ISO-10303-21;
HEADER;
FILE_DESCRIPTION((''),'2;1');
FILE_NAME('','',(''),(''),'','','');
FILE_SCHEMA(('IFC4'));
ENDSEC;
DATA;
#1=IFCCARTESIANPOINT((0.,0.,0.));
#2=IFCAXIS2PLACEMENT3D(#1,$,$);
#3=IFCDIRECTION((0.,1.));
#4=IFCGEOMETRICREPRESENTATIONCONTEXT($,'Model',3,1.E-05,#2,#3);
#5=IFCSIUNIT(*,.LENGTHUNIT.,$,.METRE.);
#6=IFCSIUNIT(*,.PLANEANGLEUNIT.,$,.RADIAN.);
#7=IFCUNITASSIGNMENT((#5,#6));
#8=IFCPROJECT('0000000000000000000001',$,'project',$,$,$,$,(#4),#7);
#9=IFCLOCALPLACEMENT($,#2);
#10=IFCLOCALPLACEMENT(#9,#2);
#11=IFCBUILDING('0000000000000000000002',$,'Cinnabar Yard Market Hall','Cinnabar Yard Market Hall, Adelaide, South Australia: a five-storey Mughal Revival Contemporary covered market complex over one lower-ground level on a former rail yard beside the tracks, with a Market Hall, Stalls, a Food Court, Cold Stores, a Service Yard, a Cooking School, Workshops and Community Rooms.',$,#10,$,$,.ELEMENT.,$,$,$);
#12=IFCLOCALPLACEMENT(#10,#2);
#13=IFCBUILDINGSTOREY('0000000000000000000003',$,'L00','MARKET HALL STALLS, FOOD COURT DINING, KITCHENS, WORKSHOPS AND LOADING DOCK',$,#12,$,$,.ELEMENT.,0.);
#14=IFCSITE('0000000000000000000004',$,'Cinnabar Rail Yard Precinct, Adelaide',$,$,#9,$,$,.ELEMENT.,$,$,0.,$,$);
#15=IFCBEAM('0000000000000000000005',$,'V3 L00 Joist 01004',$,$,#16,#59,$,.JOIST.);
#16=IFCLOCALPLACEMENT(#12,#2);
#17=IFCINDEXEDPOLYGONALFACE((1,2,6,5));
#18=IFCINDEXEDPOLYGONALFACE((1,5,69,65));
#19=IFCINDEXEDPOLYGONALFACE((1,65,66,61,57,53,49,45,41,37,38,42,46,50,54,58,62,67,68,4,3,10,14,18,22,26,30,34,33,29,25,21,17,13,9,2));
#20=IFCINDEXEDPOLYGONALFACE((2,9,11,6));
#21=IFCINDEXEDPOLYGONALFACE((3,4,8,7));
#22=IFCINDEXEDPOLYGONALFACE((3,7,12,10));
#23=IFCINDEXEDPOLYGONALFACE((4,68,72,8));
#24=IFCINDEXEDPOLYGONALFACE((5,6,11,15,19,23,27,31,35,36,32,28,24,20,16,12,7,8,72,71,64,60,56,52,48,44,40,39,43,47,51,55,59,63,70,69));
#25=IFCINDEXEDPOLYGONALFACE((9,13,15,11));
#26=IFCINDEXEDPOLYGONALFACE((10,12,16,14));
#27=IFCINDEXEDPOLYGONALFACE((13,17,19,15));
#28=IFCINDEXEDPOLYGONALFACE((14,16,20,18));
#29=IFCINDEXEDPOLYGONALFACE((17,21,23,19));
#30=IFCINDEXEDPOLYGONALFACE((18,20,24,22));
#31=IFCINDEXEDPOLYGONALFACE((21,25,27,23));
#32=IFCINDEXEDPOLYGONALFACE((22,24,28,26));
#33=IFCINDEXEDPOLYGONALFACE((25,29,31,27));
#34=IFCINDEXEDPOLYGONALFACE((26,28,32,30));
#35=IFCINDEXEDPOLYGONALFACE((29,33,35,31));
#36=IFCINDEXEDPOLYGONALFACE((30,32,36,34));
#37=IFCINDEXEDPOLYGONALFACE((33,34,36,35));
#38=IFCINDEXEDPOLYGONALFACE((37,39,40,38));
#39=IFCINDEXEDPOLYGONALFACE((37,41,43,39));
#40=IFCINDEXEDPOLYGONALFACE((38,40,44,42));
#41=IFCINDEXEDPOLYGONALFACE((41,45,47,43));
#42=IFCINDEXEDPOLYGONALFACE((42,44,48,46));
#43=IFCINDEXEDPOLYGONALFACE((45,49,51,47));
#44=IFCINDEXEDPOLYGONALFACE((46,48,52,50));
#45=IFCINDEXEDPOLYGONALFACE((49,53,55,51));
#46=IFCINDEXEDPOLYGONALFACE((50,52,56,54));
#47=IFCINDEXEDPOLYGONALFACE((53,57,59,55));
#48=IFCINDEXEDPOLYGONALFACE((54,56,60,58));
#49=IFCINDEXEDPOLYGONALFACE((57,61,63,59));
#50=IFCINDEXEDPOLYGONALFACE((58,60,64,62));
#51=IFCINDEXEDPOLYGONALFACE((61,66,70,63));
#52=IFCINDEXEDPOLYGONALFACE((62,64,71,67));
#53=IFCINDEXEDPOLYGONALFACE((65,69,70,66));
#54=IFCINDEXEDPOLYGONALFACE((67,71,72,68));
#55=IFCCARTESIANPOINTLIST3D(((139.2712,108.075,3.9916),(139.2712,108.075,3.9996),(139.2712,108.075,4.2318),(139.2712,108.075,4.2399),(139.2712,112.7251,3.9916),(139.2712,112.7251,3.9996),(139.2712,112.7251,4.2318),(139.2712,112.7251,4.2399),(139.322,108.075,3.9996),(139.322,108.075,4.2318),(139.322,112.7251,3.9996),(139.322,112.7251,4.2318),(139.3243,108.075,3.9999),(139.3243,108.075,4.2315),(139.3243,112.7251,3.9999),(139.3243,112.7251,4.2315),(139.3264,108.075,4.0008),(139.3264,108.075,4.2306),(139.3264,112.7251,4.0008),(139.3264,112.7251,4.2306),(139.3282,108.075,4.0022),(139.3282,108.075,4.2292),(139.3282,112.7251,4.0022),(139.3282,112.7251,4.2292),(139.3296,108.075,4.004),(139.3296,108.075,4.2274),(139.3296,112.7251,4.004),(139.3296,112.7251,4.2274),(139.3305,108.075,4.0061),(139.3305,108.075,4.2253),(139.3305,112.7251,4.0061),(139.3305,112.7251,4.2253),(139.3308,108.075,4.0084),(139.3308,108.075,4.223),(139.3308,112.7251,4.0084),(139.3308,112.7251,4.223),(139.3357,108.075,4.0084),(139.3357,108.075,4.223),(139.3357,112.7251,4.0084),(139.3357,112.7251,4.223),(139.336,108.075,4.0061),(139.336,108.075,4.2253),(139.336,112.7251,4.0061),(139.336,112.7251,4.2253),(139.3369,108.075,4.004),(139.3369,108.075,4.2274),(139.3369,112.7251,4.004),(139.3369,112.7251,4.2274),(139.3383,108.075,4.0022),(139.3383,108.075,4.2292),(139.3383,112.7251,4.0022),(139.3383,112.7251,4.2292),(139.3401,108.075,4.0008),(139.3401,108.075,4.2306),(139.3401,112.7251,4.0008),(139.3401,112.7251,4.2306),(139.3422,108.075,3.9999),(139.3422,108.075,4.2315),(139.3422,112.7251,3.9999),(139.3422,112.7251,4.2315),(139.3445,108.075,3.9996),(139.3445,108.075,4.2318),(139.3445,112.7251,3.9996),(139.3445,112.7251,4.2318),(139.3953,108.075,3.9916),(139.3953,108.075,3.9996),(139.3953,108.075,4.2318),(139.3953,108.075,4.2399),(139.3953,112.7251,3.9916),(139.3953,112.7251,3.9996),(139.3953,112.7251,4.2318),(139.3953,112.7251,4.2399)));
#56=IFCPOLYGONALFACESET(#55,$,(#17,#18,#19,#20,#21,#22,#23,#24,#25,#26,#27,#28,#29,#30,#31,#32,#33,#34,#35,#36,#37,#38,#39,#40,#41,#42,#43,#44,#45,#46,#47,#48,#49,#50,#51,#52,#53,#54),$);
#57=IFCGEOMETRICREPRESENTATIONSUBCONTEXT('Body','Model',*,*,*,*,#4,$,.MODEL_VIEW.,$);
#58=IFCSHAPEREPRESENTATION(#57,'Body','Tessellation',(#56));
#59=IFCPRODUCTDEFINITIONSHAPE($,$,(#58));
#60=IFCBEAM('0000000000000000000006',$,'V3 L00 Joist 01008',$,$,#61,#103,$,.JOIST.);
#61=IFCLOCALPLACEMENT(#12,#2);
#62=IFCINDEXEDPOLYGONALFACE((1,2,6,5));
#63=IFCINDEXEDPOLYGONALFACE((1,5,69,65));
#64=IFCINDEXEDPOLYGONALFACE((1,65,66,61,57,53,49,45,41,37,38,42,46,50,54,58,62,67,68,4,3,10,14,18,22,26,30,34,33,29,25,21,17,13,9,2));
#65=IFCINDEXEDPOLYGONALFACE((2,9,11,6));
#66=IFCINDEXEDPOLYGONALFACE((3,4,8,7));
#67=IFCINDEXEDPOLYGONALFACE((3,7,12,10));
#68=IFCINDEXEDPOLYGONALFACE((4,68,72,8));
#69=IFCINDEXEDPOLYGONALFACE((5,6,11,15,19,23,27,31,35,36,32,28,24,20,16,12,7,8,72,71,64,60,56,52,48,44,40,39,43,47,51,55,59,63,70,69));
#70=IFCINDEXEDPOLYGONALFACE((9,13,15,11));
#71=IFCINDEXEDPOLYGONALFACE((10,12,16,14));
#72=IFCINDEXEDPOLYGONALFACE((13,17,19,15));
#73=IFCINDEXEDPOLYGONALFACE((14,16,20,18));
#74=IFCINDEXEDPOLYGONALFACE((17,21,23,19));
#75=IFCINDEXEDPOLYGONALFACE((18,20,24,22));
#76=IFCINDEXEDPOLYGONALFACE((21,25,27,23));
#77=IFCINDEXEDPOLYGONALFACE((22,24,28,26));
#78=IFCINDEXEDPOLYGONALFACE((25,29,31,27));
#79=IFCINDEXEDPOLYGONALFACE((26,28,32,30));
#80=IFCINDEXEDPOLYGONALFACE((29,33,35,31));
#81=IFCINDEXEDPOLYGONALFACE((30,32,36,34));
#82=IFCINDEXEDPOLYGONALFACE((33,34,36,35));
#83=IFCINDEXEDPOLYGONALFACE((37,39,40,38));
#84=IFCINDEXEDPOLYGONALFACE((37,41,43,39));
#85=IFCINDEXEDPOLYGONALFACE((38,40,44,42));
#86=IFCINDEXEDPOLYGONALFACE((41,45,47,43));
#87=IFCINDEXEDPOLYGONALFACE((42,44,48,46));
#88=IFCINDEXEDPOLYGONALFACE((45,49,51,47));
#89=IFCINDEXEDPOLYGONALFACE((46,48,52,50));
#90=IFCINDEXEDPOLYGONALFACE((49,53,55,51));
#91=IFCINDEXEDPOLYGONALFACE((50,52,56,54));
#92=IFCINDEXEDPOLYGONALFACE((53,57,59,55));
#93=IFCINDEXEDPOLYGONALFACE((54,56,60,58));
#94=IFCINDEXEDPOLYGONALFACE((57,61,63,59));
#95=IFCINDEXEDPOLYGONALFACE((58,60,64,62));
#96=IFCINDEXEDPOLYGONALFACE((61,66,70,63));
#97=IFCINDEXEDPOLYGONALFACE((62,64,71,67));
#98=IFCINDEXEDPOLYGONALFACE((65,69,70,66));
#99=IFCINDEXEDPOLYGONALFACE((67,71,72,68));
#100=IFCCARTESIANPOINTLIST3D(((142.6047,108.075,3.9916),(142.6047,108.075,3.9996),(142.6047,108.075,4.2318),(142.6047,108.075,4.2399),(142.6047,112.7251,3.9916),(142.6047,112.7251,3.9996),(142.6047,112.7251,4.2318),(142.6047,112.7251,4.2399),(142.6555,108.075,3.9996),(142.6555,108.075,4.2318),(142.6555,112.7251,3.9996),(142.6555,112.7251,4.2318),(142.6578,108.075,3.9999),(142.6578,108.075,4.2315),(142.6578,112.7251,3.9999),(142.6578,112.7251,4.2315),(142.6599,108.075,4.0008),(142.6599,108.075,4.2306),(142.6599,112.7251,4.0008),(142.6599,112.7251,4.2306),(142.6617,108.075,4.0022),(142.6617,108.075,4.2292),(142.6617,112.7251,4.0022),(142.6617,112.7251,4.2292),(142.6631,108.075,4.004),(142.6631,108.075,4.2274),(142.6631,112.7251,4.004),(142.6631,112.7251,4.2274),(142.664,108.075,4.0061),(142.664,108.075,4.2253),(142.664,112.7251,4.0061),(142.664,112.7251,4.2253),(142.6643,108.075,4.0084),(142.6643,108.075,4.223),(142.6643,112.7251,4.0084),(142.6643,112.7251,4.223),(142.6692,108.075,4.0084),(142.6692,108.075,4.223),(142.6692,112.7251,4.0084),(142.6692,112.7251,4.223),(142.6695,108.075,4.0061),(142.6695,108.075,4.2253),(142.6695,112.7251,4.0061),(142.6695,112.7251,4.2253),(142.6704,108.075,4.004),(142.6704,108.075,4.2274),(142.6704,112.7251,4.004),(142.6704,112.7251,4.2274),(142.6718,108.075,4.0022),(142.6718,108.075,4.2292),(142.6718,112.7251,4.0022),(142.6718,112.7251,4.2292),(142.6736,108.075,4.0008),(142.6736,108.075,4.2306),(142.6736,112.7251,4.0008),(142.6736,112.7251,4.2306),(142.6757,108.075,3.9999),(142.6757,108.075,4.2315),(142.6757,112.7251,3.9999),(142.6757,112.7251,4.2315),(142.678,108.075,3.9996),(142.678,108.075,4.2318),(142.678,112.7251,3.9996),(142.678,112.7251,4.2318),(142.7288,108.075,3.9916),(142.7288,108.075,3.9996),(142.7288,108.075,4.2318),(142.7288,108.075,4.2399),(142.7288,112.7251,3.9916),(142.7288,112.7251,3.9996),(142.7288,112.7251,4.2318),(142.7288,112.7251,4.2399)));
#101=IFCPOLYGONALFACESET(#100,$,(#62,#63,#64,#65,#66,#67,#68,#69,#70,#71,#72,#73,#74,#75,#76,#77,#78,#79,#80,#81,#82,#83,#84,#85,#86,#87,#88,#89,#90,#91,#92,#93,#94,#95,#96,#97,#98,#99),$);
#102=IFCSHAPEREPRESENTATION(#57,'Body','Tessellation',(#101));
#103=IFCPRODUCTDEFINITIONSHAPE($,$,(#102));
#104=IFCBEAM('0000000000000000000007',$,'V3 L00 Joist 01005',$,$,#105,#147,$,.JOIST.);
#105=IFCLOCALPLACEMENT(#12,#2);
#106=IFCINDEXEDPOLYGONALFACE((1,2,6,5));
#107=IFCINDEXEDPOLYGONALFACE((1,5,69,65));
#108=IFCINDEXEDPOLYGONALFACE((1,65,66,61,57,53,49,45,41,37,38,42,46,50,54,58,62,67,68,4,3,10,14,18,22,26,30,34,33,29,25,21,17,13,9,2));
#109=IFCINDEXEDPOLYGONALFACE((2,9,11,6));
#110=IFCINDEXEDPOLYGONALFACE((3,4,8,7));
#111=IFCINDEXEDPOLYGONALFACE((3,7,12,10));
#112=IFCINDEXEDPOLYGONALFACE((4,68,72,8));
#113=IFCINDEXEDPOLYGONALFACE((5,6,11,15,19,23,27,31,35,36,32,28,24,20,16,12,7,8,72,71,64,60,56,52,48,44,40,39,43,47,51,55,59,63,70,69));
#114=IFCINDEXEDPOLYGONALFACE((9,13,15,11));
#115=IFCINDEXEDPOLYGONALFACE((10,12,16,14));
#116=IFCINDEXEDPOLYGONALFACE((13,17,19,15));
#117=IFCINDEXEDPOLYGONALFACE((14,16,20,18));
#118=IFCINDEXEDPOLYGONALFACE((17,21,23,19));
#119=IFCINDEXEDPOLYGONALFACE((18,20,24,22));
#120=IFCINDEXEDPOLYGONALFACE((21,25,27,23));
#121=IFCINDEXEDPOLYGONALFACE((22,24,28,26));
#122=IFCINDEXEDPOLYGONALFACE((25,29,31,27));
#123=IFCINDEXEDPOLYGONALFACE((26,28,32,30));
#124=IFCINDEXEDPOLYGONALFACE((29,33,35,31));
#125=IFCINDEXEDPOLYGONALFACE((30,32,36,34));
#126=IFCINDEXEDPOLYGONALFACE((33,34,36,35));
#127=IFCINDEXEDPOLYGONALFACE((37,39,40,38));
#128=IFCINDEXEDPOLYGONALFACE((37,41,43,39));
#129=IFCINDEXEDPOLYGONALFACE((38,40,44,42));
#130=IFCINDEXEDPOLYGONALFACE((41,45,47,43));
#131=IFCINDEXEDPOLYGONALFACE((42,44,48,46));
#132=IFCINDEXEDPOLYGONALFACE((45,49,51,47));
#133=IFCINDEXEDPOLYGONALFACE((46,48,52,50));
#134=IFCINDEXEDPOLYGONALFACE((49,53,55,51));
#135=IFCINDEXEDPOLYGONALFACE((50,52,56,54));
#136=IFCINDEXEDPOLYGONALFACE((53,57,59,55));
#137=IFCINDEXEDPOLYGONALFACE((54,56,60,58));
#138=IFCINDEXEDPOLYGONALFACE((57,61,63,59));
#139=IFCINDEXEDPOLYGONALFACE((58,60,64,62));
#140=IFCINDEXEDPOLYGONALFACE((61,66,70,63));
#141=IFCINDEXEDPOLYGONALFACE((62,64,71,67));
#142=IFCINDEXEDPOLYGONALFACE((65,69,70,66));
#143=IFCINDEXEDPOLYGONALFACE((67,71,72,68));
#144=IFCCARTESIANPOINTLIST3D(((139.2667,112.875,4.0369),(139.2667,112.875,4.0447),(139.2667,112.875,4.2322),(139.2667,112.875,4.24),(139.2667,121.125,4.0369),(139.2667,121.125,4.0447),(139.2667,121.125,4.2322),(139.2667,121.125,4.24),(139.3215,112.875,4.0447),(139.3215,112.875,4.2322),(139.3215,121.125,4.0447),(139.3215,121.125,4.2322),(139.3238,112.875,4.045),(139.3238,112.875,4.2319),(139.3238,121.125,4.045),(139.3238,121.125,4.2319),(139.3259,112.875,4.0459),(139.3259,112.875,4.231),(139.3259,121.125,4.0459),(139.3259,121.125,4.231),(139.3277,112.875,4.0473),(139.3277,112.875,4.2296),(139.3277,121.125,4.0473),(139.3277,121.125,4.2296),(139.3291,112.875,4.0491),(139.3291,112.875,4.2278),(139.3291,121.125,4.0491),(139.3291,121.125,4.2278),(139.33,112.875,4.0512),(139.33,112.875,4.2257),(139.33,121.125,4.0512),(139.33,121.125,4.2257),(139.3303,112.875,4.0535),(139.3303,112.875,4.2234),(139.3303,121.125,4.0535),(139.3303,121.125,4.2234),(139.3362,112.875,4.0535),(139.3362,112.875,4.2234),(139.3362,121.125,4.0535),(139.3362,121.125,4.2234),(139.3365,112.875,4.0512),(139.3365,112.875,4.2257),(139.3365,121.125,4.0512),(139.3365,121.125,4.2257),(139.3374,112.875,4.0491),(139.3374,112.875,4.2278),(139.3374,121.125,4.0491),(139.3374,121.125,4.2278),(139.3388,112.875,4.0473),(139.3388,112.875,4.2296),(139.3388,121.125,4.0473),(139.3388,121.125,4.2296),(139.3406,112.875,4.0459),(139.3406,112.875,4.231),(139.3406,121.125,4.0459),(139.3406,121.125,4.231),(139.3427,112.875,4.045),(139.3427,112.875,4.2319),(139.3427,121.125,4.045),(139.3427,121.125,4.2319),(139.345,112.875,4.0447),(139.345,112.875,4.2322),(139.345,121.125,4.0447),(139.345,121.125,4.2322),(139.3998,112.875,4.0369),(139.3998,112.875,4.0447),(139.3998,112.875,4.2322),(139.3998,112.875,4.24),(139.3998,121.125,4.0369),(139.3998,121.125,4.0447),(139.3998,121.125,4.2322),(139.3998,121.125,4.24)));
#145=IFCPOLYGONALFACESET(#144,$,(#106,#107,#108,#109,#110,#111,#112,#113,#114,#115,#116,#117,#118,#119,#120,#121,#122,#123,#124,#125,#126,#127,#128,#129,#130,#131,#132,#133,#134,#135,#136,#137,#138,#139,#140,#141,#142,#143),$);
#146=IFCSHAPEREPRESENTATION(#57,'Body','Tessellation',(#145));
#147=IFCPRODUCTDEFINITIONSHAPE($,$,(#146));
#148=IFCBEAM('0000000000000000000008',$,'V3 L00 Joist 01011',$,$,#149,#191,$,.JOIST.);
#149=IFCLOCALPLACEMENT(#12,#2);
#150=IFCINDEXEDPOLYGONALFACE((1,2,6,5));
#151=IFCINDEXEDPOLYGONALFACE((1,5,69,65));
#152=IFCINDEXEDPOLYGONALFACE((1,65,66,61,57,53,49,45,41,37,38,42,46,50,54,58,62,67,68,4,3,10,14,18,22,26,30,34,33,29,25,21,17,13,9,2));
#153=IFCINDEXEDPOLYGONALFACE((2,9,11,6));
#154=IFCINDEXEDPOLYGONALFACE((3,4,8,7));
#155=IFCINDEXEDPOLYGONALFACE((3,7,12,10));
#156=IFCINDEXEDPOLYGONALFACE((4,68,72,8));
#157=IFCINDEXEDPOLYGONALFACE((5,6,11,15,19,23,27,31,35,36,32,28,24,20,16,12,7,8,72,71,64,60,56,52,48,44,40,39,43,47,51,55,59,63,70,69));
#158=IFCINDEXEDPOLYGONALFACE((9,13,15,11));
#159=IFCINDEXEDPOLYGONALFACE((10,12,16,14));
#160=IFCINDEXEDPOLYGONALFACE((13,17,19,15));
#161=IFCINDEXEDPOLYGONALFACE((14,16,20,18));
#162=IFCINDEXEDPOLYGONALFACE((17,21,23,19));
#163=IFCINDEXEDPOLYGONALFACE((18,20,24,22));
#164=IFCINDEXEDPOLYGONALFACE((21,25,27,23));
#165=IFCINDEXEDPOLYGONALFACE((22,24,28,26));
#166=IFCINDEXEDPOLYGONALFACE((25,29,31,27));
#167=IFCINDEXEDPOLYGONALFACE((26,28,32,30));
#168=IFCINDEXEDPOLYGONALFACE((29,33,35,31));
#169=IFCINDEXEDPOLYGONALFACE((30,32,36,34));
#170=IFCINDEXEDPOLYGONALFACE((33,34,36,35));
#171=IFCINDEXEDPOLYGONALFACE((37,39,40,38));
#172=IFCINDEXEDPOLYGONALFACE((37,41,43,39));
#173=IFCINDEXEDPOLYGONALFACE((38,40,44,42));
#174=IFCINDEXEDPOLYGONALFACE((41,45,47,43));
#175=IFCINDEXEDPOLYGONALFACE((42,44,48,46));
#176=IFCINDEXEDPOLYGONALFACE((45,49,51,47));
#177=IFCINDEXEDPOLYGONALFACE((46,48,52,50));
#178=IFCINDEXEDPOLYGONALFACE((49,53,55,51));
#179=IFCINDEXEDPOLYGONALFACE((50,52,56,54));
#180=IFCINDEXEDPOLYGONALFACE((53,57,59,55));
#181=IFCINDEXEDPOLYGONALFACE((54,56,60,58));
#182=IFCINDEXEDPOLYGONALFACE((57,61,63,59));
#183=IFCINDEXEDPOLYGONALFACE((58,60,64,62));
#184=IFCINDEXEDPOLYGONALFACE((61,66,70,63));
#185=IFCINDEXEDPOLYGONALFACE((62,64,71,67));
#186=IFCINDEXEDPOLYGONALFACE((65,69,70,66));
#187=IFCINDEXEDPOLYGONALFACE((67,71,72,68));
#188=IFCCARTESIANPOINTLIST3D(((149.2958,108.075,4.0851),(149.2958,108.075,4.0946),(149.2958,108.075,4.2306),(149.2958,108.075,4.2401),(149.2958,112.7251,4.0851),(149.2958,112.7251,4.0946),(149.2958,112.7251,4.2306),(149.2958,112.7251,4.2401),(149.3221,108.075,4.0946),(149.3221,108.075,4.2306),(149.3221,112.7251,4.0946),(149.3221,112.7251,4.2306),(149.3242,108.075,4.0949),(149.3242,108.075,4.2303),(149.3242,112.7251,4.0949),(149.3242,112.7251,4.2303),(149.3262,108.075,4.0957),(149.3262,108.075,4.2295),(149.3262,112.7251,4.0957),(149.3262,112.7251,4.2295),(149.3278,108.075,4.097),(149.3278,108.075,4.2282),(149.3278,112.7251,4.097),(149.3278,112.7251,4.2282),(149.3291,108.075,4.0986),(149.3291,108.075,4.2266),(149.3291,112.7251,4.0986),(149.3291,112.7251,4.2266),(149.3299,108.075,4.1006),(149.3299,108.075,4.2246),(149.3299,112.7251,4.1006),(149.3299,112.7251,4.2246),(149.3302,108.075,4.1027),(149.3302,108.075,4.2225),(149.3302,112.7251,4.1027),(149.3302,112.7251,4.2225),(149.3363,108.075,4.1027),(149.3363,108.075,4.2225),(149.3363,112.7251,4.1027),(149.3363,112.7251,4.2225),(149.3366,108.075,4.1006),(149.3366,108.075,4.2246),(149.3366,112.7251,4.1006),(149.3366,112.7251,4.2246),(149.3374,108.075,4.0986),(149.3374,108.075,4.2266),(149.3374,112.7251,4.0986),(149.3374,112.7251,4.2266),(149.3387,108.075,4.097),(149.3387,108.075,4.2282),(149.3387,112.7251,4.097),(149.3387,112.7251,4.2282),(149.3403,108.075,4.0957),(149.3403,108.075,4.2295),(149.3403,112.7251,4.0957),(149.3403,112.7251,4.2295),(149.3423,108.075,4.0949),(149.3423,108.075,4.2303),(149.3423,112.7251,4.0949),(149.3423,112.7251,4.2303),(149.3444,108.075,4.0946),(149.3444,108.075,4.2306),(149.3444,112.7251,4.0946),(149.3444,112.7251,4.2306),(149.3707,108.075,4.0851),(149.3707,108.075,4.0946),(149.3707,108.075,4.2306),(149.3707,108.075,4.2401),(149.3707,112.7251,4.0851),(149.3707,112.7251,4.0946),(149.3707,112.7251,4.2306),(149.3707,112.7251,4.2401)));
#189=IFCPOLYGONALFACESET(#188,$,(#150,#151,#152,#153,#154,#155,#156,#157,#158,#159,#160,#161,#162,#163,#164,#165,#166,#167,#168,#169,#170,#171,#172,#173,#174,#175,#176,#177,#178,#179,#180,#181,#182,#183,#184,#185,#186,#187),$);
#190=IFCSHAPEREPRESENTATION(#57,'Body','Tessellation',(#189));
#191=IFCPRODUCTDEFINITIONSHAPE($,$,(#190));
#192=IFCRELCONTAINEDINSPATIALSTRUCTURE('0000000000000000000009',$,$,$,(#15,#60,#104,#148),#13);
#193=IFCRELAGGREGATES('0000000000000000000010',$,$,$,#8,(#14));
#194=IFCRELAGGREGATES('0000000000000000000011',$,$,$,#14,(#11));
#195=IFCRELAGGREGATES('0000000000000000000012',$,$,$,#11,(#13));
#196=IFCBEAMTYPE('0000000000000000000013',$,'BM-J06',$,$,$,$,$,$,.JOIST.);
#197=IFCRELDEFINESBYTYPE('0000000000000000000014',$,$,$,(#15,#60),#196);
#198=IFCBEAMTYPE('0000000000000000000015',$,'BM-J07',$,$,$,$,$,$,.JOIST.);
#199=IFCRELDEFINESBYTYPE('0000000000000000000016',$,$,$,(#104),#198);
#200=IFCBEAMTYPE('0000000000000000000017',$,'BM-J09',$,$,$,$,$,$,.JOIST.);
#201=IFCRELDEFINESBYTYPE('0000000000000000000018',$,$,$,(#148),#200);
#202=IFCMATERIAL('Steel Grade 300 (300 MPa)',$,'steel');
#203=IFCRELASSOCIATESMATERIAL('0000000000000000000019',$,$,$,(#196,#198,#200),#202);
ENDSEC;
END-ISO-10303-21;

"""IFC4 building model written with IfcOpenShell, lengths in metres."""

from ifc_helpers import new_model, si_unit, direction, frame, origin, origin_2d_with_axis, place, context, subcontext, project, spatial, i_section, extrude, material, material_profile, profile_set, type_object, element, save


model = new_model("IFC4")

# Units and contexts
model_context = context("Model", 3, precision=1e-05, world=origin(), true_north=direction((0.0, 1.0)))
body_context = subcontext(model_context, "Body", "Model", "MODEL_VIEW")
ifc_project = project(units=[si_unit("LENGTHUNIT", "METRE"), si_unit("PLANEANGLEUNIT", "RADIAN")], contexts=[model_context])

# Site, building, storey
site_placement = place(None, origin())
site = spatial("IfcSite", under=ifc_project, at=site_placement, Name="Cinnabar Rail Yard Precinct, Adelaide", CompositionType="ELEMENT", RefElevation=0.0)
building_placement = place(site_placement, origin())
building = spatial("IfcBuilding", under=site, at=building_placement, Name="Cinnabar Yard Market Hall", Description="Cinnabar Yard Market Hall, Adelaide, South Australia: a five-storey Mughal Revival Contemporary covered market complex over one lower-ground level on a former rail yard beside the tracks, with a Market Hall, Stalls, a Food Court, Cold Stores, a Service Yard, a Cooking School, Workshops and Community Rooms.", CompositionType="ELEMENT")
storey_placement = place(building_placement, origin())
storey = spatial("IfcBuildingStorey", under=building, at=storey_placement, Name="L00", Description="MARKET HALL STALLS, FOOD COURT DINING, KITCHENS, WORKSHOPS AND LOADING DOCK", CompositionType="ELEMENT", Elevation=0.0)

# Shared definitions
ifc_material_1 = material(Name="Steel Grade 300 (300 MPa)", Category="steel")

# Beams
ifc_material_profile_1 = material_profile(ifc_material_1, i_section(OverallWidth=0.124, OverallDepth=0.2483, WebThickness=0.0049, FlangeThickness=0.0081, FilletRadius=0.0088, at=origin_2d_with_axis()), Name="250UB25.7")
ifc_profile_set_1 = profile_set([ifc_material_profile_1], Name="Steel Grade 300 (300 MPa)")
beam_type_1 = type_object("IfcBeamType", Name="BM-J06", PredefinedType="JOIST", material=ifc_profile_set_1)
for number, where, z_axis, x_axis, name in (
    (1, (139.3333, 108.075, 4.1157), (0.0, 1.0, 0.0), (-1.0, 0.0, 0.0), "V3 L00 Joist 01004"),
    (2, (142.6667, 108.075, 4.1157), (0.0, 1.0, 0.0), (-1.0, 0.0, 0.0), "V3 L00 Joist 01008"),
):
    element("IfcBeam", number, at=place(storey_placement, frame(where, z_axis=z_axis, x_axis=x_axis)), inside=storey, type_object=beam_type_1, Name=name, PredefinedType="JOIST", context=body_context, shape_type="SweptSolid", body=[
        extrude(i_section(OverallWidth=0.124, OverallDepth=0.2483, WebThickness=0.0049, FlangeThickness=0.0081, FilletRadius=0.0088, at=origin_2d_with_axis()), origin(), (0.0, 0.0, 1.0), 4.6501),
    ])
ifc_material_profile_2 = material_profile(ifc_material_1, i_section(OverallWidth=0.1331, OverallDepth=0.2031, WebThickness=0.0059, FlangeThickness=0.0078, FilletRadius=0.0088, at=origin_2d_with_axis()), Name="200UB25.4")
ifc_profile_set_2 = profile_set([ifc_material_profile_2], Name="Steel Grade 300 (300 MPa)")
beam_type_2 = type_object("IfcBeamType", Name="BM-J07", PredefinedType="JOIST", material=ifc_profile_set_2)
beam_1_placement = place(storey_placement, frame((139.3333, 112.875, 4.1384), z_axis=(0.0, 1.0, 0.0), x_axis=(-1.0, 0.0, 0.0)))
element("IfcBeam", 3, at=beam_1_placement, inside=storey, type_object=beam_type_2, Name="V3 L00 Joist 01005", PredefinedType="JOIST", context=body_context, shape_type="SweptSolid", body=[
    extrude(i_section(OverallWidth=0.1331, OverallDepth=0.2031, WebThickness=0.0059, FlangeThickness=0.0078, FilletRadius=0.0088, at=origin_2d_with_axis()), origin(), (0.0, 0.0, 1.0), 8.25),
])
ifc_material_profile_3 = material_profile(ifc_material_1, i_section(OverallWidth=0.075, OverallDepth=0.155, WebThickness=0.0061, FlangeThickness=0.0095, FilletRadius=0.0081, at=origin_2d_with_axis()), Name="150UB18.0")
ifc_profile_set_3 = profile_set([ifc_material_profile_3], Name="Steel Grade 300 (300 MPa)")
beam_type_3 = type_object("IfcBeamType", Name="BM-J09", PredefinedType="JOIST", material=ifc_profile_set_3)
for number, where, z_axis, x_axis, name in (
    (4, (149.3333, 108.075, 4.1626), (0.0, 1.0, 0.0), (-1.0, 0.0, 0.0), "V3 L00 Joist 01011"),
):
    element("IfcBeam", number, at=place(storey_placement, frame(where, z_axis=z_axis, x_axis=x_axis)), inside=storey, type_object=beam_type_3, Name=name, PredefinedType="JOIST", context=body_context, shape_type="SweptSolid", body=[
        extrude(i_section(OverallWidth=0.075, OverallDepth=0.155, WebThickness=0.0061, FlangeThickness=0.0095, FilletRadius=0.0081, at=origin_2d_with_axis()), origin(), (0.0, 0.0, 1.0), 4.6501),
    ])

save(model, "model.ifc")
